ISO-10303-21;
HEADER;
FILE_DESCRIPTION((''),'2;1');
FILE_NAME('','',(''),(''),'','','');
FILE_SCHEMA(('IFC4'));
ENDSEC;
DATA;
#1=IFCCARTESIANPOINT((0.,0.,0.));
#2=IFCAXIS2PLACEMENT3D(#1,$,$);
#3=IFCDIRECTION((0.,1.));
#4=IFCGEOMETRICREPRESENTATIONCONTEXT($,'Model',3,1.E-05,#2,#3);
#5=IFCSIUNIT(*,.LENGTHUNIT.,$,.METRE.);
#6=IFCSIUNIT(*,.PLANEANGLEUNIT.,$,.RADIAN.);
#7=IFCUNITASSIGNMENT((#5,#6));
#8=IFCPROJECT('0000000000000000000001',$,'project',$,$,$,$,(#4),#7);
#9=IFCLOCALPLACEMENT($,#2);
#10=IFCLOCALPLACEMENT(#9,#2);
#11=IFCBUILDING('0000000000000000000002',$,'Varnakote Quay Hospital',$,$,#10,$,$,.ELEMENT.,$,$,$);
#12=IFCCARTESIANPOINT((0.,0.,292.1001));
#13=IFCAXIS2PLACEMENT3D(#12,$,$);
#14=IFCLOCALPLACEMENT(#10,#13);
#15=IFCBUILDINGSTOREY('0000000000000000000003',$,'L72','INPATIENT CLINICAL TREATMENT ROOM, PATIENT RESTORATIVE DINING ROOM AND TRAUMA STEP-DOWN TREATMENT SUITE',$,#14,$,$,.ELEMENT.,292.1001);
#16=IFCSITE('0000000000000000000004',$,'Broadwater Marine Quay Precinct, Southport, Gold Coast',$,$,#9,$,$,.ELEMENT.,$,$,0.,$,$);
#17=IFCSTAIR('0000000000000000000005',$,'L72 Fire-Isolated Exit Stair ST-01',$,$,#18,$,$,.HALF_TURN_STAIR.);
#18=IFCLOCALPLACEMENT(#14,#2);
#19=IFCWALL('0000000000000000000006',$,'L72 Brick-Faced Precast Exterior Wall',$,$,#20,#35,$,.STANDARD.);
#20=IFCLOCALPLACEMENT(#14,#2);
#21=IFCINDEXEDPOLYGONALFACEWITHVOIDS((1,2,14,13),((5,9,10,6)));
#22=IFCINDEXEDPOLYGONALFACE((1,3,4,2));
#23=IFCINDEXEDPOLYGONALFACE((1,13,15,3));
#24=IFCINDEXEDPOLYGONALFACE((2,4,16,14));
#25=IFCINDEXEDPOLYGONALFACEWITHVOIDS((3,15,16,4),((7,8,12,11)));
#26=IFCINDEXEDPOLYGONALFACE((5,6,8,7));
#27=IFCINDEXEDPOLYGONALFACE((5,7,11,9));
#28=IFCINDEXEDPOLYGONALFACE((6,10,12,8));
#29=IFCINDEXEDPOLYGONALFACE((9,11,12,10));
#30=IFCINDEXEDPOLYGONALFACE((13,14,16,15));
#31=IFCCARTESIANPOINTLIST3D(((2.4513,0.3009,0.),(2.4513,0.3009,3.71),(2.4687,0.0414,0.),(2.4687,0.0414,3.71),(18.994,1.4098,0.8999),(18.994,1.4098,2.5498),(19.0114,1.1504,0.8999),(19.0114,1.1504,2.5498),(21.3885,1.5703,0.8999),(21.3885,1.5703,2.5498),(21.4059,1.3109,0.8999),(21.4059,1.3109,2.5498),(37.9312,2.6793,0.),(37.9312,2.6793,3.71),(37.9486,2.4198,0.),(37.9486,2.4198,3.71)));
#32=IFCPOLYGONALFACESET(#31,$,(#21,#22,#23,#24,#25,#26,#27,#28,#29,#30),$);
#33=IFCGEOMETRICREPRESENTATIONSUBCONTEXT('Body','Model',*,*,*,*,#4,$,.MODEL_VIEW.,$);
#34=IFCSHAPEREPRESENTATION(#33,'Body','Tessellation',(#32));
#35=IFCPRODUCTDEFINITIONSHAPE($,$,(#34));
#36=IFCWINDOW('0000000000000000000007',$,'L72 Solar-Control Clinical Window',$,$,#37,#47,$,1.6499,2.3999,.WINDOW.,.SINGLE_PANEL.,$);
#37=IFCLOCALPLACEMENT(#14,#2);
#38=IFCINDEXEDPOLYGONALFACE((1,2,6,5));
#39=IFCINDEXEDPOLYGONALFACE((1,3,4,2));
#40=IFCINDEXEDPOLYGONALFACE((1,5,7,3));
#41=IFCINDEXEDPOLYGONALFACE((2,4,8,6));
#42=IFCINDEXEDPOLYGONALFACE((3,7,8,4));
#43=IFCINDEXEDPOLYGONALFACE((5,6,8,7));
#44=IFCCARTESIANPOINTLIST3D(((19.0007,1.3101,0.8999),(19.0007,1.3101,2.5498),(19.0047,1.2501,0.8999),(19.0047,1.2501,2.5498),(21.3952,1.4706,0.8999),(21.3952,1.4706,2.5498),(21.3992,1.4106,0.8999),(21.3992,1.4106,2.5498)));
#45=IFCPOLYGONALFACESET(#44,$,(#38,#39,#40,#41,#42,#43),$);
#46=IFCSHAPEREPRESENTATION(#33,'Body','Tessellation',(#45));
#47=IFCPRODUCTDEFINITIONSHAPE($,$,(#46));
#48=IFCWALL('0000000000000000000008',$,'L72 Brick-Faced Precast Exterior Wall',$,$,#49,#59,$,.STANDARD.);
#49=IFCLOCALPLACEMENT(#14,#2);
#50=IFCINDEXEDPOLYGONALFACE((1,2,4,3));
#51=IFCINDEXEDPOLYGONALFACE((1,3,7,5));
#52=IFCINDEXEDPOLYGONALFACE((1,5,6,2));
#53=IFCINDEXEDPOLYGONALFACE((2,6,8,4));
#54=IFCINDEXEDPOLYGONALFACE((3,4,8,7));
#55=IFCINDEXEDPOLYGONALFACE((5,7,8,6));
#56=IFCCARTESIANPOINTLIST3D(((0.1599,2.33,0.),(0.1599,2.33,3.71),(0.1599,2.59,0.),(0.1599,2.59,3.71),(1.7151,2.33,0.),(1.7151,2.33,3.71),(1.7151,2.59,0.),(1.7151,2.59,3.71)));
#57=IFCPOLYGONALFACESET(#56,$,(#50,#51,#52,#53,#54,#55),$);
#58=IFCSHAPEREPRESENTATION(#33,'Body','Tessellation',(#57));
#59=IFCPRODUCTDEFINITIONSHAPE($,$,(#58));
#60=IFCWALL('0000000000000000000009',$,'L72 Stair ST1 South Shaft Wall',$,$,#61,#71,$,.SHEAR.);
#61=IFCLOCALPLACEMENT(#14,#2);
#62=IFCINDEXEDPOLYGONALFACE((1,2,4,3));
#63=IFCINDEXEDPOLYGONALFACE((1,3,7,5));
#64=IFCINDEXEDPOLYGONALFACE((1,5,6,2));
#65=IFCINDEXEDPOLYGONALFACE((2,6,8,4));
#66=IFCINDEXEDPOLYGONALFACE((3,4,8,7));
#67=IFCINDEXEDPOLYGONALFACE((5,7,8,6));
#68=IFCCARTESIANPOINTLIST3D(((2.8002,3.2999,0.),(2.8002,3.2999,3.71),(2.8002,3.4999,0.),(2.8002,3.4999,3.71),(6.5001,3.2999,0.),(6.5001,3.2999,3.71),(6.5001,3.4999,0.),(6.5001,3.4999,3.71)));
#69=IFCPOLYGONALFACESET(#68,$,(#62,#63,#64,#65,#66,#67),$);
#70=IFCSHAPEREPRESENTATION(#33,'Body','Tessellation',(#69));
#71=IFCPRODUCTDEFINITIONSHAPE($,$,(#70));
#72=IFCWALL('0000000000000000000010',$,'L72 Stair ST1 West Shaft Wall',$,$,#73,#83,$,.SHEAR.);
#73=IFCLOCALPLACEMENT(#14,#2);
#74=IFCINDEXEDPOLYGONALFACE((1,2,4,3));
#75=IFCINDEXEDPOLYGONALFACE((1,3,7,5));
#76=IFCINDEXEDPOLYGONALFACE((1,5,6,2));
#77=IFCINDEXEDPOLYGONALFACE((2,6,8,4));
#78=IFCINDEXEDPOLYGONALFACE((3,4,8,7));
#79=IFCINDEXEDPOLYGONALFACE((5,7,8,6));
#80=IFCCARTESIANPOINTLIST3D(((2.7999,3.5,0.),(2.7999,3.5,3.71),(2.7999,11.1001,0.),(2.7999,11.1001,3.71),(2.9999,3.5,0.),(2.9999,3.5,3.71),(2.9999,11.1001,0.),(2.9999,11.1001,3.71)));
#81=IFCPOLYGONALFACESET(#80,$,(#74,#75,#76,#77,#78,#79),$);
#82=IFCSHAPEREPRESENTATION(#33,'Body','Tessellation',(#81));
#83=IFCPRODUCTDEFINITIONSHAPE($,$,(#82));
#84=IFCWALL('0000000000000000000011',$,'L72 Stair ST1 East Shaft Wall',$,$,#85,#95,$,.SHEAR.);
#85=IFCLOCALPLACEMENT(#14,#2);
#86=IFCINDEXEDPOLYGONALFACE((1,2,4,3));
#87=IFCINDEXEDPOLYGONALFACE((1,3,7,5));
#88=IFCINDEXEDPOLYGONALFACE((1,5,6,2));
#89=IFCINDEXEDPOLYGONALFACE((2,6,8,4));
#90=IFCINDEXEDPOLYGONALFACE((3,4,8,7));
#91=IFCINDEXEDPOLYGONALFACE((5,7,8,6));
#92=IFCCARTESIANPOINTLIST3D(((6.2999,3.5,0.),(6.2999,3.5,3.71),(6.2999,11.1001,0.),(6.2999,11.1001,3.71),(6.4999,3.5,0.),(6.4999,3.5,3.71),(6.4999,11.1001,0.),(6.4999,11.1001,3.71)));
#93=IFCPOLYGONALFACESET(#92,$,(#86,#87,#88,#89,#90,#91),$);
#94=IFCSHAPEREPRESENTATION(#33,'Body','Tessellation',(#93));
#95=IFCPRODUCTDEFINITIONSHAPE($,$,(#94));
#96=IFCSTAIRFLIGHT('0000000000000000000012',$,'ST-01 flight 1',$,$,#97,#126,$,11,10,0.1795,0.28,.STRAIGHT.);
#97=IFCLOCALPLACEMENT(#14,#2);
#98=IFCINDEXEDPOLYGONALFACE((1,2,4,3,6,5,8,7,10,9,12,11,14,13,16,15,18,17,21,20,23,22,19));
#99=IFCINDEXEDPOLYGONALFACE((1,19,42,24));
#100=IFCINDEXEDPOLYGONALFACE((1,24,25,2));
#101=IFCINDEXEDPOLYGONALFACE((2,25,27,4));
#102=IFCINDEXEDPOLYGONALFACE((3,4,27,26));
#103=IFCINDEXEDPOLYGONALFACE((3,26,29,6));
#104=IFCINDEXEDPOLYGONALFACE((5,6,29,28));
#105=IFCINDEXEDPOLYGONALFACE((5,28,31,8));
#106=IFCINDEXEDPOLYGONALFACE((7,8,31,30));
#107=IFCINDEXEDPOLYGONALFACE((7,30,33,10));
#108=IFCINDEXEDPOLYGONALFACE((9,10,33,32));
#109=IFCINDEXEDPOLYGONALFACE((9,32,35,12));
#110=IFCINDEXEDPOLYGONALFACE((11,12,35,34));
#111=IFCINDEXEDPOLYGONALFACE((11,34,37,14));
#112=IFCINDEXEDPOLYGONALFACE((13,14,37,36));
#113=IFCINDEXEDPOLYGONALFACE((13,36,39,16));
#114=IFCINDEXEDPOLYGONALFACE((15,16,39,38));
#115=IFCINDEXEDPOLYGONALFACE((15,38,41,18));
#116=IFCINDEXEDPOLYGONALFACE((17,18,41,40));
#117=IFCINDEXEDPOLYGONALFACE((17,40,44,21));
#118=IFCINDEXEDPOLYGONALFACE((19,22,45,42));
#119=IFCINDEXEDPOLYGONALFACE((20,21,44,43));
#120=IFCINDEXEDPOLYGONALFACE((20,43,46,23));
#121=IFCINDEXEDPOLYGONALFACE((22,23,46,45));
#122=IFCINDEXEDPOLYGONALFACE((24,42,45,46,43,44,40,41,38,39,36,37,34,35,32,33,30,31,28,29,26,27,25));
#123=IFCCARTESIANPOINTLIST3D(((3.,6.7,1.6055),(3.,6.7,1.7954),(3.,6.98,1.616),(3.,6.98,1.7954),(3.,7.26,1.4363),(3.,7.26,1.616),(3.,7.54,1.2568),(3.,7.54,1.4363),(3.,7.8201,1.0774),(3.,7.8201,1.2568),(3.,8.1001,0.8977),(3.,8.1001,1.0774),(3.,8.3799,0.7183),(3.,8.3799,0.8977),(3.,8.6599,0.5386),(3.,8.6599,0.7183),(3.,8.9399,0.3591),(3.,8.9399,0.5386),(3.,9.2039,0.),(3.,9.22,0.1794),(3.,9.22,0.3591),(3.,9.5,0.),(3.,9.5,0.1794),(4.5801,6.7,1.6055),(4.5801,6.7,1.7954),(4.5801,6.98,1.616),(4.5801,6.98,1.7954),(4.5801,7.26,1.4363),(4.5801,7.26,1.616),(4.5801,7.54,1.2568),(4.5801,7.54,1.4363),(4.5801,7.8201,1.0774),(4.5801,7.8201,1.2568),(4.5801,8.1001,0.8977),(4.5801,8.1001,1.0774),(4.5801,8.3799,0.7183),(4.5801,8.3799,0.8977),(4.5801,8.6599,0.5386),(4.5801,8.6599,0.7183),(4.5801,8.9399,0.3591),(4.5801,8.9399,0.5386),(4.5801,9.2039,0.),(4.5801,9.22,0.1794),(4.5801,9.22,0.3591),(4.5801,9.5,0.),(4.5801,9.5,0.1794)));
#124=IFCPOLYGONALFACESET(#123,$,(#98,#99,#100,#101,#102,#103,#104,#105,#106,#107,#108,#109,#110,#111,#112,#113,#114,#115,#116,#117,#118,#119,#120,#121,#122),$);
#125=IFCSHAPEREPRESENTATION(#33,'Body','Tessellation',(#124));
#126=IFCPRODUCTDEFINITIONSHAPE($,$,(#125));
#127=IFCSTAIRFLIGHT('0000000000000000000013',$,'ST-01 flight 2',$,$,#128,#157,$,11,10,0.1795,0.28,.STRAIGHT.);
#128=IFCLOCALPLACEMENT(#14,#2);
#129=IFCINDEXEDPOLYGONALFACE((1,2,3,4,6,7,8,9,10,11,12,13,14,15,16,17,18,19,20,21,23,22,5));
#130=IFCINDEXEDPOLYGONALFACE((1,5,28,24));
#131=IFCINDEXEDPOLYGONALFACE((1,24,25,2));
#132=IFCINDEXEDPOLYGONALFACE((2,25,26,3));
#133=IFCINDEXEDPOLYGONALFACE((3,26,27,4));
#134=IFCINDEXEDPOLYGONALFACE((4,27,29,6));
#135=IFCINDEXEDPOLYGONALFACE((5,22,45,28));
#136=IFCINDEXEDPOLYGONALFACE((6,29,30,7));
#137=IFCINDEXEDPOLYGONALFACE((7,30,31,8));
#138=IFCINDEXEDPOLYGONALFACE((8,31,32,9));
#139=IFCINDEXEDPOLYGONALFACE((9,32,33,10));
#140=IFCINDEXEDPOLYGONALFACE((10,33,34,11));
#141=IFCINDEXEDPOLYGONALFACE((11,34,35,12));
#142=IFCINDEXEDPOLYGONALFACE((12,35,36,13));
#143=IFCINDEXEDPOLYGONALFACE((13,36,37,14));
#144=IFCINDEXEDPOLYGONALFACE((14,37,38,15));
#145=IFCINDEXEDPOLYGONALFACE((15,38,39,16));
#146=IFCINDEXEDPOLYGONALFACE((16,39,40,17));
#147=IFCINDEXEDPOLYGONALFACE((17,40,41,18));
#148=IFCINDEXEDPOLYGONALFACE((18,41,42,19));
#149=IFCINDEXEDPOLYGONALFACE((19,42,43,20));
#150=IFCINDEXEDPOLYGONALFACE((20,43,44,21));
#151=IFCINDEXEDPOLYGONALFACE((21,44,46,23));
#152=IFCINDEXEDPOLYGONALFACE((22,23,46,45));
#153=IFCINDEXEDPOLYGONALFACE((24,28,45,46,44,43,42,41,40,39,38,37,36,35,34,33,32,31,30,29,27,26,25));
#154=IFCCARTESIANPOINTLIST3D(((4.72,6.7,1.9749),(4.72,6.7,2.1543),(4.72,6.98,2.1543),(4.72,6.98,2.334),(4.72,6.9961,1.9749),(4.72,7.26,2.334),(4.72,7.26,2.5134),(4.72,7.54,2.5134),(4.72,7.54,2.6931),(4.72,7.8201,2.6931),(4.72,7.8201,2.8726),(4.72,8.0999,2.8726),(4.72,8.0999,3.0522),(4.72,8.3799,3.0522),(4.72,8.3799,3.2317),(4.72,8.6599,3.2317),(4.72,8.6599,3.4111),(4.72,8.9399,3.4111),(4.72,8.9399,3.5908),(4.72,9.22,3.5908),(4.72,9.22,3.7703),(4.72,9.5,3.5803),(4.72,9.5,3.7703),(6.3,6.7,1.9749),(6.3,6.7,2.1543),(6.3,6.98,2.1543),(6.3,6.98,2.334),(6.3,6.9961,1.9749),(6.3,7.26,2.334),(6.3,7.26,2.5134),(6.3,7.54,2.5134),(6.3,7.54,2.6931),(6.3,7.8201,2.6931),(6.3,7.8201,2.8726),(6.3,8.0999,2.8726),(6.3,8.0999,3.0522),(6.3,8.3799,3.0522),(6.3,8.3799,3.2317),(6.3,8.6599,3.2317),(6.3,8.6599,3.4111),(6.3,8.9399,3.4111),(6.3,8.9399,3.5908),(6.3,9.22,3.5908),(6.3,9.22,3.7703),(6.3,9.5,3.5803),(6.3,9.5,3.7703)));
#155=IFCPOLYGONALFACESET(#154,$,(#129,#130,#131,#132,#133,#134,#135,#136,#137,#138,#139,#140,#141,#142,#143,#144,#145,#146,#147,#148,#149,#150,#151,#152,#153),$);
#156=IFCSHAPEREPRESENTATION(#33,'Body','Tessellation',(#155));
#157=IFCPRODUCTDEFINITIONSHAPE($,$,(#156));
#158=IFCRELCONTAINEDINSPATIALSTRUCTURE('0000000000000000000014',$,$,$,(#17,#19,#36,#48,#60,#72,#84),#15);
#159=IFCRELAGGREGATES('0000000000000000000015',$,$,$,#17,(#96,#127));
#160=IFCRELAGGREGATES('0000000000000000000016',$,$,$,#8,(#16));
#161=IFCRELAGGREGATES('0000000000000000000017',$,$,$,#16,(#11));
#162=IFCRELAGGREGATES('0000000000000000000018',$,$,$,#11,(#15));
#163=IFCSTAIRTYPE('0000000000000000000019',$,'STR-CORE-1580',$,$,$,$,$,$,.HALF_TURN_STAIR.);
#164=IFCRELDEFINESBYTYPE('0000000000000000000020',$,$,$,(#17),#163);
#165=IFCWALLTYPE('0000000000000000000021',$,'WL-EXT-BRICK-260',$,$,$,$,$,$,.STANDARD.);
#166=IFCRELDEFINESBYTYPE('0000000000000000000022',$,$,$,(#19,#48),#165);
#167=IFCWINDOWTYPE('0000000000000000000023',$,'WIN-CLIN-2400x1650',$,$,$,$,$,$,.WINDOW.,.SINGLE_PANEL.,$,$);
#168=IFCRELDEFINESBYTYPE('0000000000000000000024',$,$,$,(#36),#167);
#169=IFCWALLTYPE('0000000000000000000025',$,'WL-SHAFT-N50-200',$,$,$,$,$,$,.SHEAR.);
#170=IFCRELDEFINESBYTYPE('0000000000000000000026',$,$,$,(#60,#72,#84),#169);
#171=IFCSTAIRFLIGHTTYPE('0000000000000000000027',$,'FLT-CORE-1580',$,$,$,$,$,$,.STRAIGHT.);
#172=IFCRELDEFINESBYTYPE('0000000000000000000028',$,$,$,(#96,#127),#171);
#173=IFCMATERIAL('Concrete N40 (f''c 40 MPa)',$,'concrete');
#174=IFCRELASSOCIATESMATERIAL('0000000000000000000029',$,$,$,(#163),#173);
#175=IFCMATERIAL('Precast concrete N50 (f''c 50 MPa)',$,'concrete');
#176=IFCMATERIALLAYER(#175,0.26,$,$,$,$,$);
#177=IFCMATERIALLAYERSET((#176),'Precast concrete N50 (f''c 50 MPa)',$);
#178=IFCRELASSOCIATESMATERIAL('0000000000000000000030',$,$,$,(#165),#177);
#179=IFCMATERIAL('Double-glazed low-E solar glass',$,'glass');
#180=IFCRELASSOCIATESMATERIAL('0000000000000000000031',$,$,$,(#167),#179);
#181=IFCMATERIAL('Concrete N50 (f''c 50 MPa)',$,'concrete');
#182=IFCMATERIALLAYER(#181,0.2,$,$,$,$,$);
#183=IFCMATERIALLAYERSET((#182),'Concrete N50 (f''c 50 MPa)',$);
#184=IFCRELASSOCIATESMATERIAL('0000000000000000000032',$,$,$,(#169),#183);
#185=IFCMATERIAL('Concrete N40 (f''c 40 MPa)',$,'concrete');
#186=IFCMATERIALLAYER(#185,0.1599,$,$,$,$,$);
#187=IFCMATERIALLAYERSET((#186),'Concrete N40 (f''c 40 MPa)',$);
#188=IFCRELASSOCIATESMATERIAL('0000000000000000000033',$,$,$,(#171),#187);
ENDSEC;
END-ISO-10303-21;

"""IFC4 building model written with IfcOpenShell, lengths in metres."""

from ifc_helpers import new_model, si_unit, direction, frame, frame_2d, origin, place, context, subcontext, project, spatial, polyline, rectangle, outline, extrude, material, layer, layer_set, type_object, element, fill, aggregate, save


model = new_model("IFC4")

# Units and contexts
model_context = context("Model", 3, precision=1e-05, world=origin(), true_north=direction((0.0, 1.0)))
body_context = subcontext(model_context, "Body", "Model", "MODEL_VIEW")
ifc_project = project(units=[si_unit("LENGTHUNIT", "METRE"), si_unit("PLANEANGLEUNIT", "RADIAN")], contexts=[model_context])

# Site, building, storey
site_placement = place(None, origin())
site = spatial("IfcSite", under=ifc_project, at=site_placement, Name="Broadwater Marine Quay Precinct, Southport, Gold Coast", CompositionType="ELEMENT", RefElevation=0.0)
building_placement = place(site_placement, origin())
building = spatial("IfcBuilding", under=site, at=building_placement, Name="Varnakote Quay Hospital", CompositionType="ELEMENT")
storey_placement = place(building_placement, frame((0.0, 0.0, 292.1001)))
storey = spatial("IfcBuildingStorey", under=building, at=storey_placement, Name="L72", Description="INPATIENT CLINICAL TREATMENT ROOM, PATIENT RESTORATIVE DINING ROOM AND TRAUMA STEP-DOWN TREATMENT SUITE", CompositionType="ELEMENT", Elevation=292.1001)

# Stair
ifc_material_1 = material(Name="Concrete N40 (f'c 40 MPa)", Category="concrete")
stair_type = type_object("IfcStairType", Name="STR-CORE-1580", PredefinedType="HALF_TURN_STAIR", material=ifc_material_1)
stair_1_placement = place(storey_placement, origin())
stair_1 = element("IfcStair", 1, at=stair_1_placement, inside=storey, type_object=stair_type, Name="L72 Fire-Isolated Exit Stair ST-01", PredefinedType="HALF_TURN_STAIR")

# Shared definitions
ifc_material_2 = material(Name="Precast concrete N50 (f'c 50 MPa)", Category="concrete")
ifc_layer_1 = layer(ifc_material_2, 0.26)
ifc_layer_set_1 = layer_set([ifc_layer_1], Name="Precast concrete N50 (f'c 50 MPa)")
wall_type_1 = type_object("IfcWallType", Name="WL-EXT-BRICK-260", PredefinedType="STANDARD", material=ifc_layer_set_1)

# Wall, opening, window
wall_1_placement = place(storey_placement, frame((2.46, 0.1711, 0.0), z_axis=(0.0, 0.0, 1.0), x_axis=(0.997761, 0.066885, 0.0)))
wall_1 = element("IfcWall", 2, at=wall_1_placement, inside=storey, type_object=wall_type_1, Name="L72 Brick-Faced Precast Exterior Wall", PredefinedType="STANDARD", context=body_context, shape_type="SweptSolid", body=[
    extrude(rectangle(XDim=35.5596, YDim=0.26, at=frame_2d((17.7798, 0.0))), origin(), (0.0, 0.0, 1.0), 3.71),
])
opening_1_placement = place(wall_1_placement, frame((16.5798, 0.0, 0.8999)))
opening_1 = element("IfcOpeningElement", 3, at=opening_1_placement, cuts=wall_1, PredefinedType="OPENING", context=body_context, shape_type="SweptSolid", body=[
    extrude(rectangle(XDim=2.3999, YDim=1.6499, at=frame_2d((1.2, 0.825))), frame((0.0, 0.1399, 0.0), z_axis=(0.0, -1.0, 0.0), x_axis=(1.0, 0.0, 0.0)), (0.0, 0.0, 1.0), 0.28),
])
ifc_material_3 = material(Name="Double-glazed low-E solar glass", Category="glass")
window_type = type_object("IfcWindowType", Name="WIN-CLIN-2400x1650", PartitioningType="SINGLE_PANEL", PredefinedType="WINDOW", material=ifc_material_3)
window_placement = place(opening_1_placement, origin())
window = element("IfcWindow", 4, at=window_placement, inside=storey, type_object=window_type, Name="L72 Solar-Control Clinical Window", OverallHeight=1.6499, OverallWidth=2.3999, PartitioningType="SINGLE_PANEL", PredefinedType="WINDOW", context=body_context, shape_type="SweptSolid", body=[
    extrude(rectangle(XDim=2.3999, YDim=1.6499, at=frame_2d((1.2, 0.825))), frame((0.0, 0.03, 0.0), z_axis=(0.0, -1.0, 0.0), x_axis=(1.0, 0.0, 0.0)), (0.0, 0.0, 1.0), 0.0601),
])
fill(opening_1, window)

# Walls
wall_2_placement = place(storey_placement, frame((0.1599, 2.46, 0.0), z_axis=(0.0, 0.0, 1.0), x_axis=(1.0, 0.0, 0.0)))
element("IfcWall", 5, at=wall_2_placement, inside=storey, type_object=wall_type_1, Name="L72 Brick-Faced Precast Exterior Wall", PredefinedType="STANDARD", context=body_context, shape_type="SweptSolid", body=[
    extrude(rectangle(XDim=1.5552, YDim=0.26, at=frame_2d((0.7776, 0.0))), origin(), (0.0, 0.0, 1.0), 3.71),
])
ifc_material_4 = material(Name="Concrete N50 (f'c 50 MPa)", Category="concrete")
ifc_layer_2 = layer(ifc_material_4, 0.2)
ifc_layer_set_2 = layer_set([ifc_layer_2], Name="Concrete N50 (f'c 50 MPa)")
wall_type_2 = type_object("IfcWallType", Name="WL-SHAFT-N50-200", PredefinedType="SHEAR", material=ifc_layer_set_2)
wall_3_placement = place(storey_placement, frame((2.8, 3.3999, 0.0), z_axis=(0.0, 0.0, 1.0), x_axis=(1.0, 0.0, 0.0)))
element("IfcWall", 6, at=wall_3_placement, inside=storey, type_object=wall_type_2, Name="L72 Stair ST1 South Shaft Wall", PredefinedType="SHEAR", context=body_context, shape_type="SweptSolid", body=[
    extrude(rectangle(XDim=3.7, YDim=0.2, at=frame_2d((1.8501, 0.0))), origin(), (0.0, 0.0, 1.0), 3.71),
])
for number, where, z_axis, x_axis, name in (
    (7, (2.8999, 3.5, 0.0), (0.0, 0.0, 1.0), (0.0, 1.0, 0.0), "L72 Stair ST1 West Shaft Wall"),
    (8, (6.3999, 3.5, 0.0), (0.0, 0.0, 1.0), (0.0, 1.0, 0.0), "L72 Stair ST1 East Shaft Wall"),
):
    element("IfcWall", number, at=place(storey_placement, frame(where, z_axis=z_axis, x_axis=x_axis)), inside=storey, type_object=wall_type_2, Name=name, PredefinedType="SHEAR", context=body_context, shape_type="SweptSolid", body=[
        extrude(rectangle(XDim=7.6001, YDim=0.2, at=frame_2d((3.8, 0.0))), origin(), (0.0, 0.0, 1.0), 3.71),
    ])

# Stair flights
ifc_material_5 = material(Name="Concrete N40 (f'c 40 MPa)", Category="concrete")
ifc_layer_3 = layer(ifc_material_5, 0.1599)
ifc_layer_set_3 = layer_set([ifc_layer_3], Name="Concrete N40 (f'c 40 MPa)")
stair_flight_type = type_object("IfcStairFlightType", Name="FLT-CORE-1580", PredefinedType="STRAIGHT", material=ifc_layer_set_3)
stair_flight_1_placement = place(storey_placement, frame((3.79, 9.5, 0.0), z_axis=(0.0, 0.0, 1.0), x_axis=(0.0, -1.0, 0.0)))
stair_flight_1 = element("IfcStairFlight", 9, at=stair_flight_1_placement, type_object=stair_flight_type, Name="ST-01 flight 1", NumberOfRisers=11, NumberOfTreads=10, PredefinedType="STRAIGHT", RiserHeight=0.1795, TreadLength=0.28, context=body_context, shape_type="SweptSolid", body=[
    extrude(outline(polyline([(0.0, 0.0), (0.0, 0.1794), (0.28, 0.1794), (0.28, 0.3591), (0.5601, 0.3591), (0.5601, 0.5386), (0.8401, 0.5386), (0.8401, 0.7183), (1.1201, 0.7183), (1.1201, 0.8977), (1.3999, 0.8977), (1.3999, 1.0774), (1.6799, 1.0774), (1.6799, 1.2568), (1.96, 1.2568), (1.96, 1.4363), (2.24, 1.4363), (2.24, 1.616), (2.52, 1.616), (2.52, 1.7954), (2.8, 1.7954), (2.8, 1.9751), (2.8, 1.6055), (0.2961, 0.0), (0.0, 0.0)])), frame((0.0, 0.79, 0.0), z_axis=(0.0, -1.0, 0.0), x_axis=(1.0, 0.0, 0.0)), (0.0, 0.0, 1.0), 1.5801),
])
stair_flight_2_placement = place(storey_placement, frame((5.51, 6.7, 1.9749), z_axis=(0.0, 0.0, 1.0), x_axis=(0.0, 1.0, 0.0)))
stair_flight_2 = element("IfcStairFlight", 10, at=stair_flight_2_placement, type_object=stair_flight_type, Name="ST-01 flight 2", NumberOfRisers=11, NumberOfTreads=10, PredefinedType="STRAIGHT", RiserHeight=0.1795, TreadLength=0.28, context=body_context, shape_type="SweptSolid", body=[
    extrude(outline(polyline([(0.0, 0.0), (0.0, 0.1794), (0.28, 0.1794), (0.28, 0.3591), (0.5601, 0.3591), (0.5601, 0.5386), (0.8401, 0.5386), (0.8401, 0.7183), (1.1201, 0.7183), (1.1201, 0.8977), (1.3999, 0.8977), (1.3999, 1.0774), (1.6799, 1.0774), (1.6799, 1.2568), (1.96, 1.2568), (1.96, 1.4363), (2.24, 1.4363), (2.24, 1.616), (2.52, 1.616), (2.52, 1.7954), (2.8, 1.7954), (2.8, 1.9751), (2.8, 1.6055), (0.2961, 0.0), (0.0, 0.0)])), frame((0.0, 0.79, 0.0), z_axis=(0.0, -1.0, 0.0), x_axis=(1.0, 0.0, 0.0)), (0.0, 0.0, 1.0), 1.5801),
])
aggregate(stair_1, [stair_flight_1, stair_flight_2])

save(model, "model.ifc")
